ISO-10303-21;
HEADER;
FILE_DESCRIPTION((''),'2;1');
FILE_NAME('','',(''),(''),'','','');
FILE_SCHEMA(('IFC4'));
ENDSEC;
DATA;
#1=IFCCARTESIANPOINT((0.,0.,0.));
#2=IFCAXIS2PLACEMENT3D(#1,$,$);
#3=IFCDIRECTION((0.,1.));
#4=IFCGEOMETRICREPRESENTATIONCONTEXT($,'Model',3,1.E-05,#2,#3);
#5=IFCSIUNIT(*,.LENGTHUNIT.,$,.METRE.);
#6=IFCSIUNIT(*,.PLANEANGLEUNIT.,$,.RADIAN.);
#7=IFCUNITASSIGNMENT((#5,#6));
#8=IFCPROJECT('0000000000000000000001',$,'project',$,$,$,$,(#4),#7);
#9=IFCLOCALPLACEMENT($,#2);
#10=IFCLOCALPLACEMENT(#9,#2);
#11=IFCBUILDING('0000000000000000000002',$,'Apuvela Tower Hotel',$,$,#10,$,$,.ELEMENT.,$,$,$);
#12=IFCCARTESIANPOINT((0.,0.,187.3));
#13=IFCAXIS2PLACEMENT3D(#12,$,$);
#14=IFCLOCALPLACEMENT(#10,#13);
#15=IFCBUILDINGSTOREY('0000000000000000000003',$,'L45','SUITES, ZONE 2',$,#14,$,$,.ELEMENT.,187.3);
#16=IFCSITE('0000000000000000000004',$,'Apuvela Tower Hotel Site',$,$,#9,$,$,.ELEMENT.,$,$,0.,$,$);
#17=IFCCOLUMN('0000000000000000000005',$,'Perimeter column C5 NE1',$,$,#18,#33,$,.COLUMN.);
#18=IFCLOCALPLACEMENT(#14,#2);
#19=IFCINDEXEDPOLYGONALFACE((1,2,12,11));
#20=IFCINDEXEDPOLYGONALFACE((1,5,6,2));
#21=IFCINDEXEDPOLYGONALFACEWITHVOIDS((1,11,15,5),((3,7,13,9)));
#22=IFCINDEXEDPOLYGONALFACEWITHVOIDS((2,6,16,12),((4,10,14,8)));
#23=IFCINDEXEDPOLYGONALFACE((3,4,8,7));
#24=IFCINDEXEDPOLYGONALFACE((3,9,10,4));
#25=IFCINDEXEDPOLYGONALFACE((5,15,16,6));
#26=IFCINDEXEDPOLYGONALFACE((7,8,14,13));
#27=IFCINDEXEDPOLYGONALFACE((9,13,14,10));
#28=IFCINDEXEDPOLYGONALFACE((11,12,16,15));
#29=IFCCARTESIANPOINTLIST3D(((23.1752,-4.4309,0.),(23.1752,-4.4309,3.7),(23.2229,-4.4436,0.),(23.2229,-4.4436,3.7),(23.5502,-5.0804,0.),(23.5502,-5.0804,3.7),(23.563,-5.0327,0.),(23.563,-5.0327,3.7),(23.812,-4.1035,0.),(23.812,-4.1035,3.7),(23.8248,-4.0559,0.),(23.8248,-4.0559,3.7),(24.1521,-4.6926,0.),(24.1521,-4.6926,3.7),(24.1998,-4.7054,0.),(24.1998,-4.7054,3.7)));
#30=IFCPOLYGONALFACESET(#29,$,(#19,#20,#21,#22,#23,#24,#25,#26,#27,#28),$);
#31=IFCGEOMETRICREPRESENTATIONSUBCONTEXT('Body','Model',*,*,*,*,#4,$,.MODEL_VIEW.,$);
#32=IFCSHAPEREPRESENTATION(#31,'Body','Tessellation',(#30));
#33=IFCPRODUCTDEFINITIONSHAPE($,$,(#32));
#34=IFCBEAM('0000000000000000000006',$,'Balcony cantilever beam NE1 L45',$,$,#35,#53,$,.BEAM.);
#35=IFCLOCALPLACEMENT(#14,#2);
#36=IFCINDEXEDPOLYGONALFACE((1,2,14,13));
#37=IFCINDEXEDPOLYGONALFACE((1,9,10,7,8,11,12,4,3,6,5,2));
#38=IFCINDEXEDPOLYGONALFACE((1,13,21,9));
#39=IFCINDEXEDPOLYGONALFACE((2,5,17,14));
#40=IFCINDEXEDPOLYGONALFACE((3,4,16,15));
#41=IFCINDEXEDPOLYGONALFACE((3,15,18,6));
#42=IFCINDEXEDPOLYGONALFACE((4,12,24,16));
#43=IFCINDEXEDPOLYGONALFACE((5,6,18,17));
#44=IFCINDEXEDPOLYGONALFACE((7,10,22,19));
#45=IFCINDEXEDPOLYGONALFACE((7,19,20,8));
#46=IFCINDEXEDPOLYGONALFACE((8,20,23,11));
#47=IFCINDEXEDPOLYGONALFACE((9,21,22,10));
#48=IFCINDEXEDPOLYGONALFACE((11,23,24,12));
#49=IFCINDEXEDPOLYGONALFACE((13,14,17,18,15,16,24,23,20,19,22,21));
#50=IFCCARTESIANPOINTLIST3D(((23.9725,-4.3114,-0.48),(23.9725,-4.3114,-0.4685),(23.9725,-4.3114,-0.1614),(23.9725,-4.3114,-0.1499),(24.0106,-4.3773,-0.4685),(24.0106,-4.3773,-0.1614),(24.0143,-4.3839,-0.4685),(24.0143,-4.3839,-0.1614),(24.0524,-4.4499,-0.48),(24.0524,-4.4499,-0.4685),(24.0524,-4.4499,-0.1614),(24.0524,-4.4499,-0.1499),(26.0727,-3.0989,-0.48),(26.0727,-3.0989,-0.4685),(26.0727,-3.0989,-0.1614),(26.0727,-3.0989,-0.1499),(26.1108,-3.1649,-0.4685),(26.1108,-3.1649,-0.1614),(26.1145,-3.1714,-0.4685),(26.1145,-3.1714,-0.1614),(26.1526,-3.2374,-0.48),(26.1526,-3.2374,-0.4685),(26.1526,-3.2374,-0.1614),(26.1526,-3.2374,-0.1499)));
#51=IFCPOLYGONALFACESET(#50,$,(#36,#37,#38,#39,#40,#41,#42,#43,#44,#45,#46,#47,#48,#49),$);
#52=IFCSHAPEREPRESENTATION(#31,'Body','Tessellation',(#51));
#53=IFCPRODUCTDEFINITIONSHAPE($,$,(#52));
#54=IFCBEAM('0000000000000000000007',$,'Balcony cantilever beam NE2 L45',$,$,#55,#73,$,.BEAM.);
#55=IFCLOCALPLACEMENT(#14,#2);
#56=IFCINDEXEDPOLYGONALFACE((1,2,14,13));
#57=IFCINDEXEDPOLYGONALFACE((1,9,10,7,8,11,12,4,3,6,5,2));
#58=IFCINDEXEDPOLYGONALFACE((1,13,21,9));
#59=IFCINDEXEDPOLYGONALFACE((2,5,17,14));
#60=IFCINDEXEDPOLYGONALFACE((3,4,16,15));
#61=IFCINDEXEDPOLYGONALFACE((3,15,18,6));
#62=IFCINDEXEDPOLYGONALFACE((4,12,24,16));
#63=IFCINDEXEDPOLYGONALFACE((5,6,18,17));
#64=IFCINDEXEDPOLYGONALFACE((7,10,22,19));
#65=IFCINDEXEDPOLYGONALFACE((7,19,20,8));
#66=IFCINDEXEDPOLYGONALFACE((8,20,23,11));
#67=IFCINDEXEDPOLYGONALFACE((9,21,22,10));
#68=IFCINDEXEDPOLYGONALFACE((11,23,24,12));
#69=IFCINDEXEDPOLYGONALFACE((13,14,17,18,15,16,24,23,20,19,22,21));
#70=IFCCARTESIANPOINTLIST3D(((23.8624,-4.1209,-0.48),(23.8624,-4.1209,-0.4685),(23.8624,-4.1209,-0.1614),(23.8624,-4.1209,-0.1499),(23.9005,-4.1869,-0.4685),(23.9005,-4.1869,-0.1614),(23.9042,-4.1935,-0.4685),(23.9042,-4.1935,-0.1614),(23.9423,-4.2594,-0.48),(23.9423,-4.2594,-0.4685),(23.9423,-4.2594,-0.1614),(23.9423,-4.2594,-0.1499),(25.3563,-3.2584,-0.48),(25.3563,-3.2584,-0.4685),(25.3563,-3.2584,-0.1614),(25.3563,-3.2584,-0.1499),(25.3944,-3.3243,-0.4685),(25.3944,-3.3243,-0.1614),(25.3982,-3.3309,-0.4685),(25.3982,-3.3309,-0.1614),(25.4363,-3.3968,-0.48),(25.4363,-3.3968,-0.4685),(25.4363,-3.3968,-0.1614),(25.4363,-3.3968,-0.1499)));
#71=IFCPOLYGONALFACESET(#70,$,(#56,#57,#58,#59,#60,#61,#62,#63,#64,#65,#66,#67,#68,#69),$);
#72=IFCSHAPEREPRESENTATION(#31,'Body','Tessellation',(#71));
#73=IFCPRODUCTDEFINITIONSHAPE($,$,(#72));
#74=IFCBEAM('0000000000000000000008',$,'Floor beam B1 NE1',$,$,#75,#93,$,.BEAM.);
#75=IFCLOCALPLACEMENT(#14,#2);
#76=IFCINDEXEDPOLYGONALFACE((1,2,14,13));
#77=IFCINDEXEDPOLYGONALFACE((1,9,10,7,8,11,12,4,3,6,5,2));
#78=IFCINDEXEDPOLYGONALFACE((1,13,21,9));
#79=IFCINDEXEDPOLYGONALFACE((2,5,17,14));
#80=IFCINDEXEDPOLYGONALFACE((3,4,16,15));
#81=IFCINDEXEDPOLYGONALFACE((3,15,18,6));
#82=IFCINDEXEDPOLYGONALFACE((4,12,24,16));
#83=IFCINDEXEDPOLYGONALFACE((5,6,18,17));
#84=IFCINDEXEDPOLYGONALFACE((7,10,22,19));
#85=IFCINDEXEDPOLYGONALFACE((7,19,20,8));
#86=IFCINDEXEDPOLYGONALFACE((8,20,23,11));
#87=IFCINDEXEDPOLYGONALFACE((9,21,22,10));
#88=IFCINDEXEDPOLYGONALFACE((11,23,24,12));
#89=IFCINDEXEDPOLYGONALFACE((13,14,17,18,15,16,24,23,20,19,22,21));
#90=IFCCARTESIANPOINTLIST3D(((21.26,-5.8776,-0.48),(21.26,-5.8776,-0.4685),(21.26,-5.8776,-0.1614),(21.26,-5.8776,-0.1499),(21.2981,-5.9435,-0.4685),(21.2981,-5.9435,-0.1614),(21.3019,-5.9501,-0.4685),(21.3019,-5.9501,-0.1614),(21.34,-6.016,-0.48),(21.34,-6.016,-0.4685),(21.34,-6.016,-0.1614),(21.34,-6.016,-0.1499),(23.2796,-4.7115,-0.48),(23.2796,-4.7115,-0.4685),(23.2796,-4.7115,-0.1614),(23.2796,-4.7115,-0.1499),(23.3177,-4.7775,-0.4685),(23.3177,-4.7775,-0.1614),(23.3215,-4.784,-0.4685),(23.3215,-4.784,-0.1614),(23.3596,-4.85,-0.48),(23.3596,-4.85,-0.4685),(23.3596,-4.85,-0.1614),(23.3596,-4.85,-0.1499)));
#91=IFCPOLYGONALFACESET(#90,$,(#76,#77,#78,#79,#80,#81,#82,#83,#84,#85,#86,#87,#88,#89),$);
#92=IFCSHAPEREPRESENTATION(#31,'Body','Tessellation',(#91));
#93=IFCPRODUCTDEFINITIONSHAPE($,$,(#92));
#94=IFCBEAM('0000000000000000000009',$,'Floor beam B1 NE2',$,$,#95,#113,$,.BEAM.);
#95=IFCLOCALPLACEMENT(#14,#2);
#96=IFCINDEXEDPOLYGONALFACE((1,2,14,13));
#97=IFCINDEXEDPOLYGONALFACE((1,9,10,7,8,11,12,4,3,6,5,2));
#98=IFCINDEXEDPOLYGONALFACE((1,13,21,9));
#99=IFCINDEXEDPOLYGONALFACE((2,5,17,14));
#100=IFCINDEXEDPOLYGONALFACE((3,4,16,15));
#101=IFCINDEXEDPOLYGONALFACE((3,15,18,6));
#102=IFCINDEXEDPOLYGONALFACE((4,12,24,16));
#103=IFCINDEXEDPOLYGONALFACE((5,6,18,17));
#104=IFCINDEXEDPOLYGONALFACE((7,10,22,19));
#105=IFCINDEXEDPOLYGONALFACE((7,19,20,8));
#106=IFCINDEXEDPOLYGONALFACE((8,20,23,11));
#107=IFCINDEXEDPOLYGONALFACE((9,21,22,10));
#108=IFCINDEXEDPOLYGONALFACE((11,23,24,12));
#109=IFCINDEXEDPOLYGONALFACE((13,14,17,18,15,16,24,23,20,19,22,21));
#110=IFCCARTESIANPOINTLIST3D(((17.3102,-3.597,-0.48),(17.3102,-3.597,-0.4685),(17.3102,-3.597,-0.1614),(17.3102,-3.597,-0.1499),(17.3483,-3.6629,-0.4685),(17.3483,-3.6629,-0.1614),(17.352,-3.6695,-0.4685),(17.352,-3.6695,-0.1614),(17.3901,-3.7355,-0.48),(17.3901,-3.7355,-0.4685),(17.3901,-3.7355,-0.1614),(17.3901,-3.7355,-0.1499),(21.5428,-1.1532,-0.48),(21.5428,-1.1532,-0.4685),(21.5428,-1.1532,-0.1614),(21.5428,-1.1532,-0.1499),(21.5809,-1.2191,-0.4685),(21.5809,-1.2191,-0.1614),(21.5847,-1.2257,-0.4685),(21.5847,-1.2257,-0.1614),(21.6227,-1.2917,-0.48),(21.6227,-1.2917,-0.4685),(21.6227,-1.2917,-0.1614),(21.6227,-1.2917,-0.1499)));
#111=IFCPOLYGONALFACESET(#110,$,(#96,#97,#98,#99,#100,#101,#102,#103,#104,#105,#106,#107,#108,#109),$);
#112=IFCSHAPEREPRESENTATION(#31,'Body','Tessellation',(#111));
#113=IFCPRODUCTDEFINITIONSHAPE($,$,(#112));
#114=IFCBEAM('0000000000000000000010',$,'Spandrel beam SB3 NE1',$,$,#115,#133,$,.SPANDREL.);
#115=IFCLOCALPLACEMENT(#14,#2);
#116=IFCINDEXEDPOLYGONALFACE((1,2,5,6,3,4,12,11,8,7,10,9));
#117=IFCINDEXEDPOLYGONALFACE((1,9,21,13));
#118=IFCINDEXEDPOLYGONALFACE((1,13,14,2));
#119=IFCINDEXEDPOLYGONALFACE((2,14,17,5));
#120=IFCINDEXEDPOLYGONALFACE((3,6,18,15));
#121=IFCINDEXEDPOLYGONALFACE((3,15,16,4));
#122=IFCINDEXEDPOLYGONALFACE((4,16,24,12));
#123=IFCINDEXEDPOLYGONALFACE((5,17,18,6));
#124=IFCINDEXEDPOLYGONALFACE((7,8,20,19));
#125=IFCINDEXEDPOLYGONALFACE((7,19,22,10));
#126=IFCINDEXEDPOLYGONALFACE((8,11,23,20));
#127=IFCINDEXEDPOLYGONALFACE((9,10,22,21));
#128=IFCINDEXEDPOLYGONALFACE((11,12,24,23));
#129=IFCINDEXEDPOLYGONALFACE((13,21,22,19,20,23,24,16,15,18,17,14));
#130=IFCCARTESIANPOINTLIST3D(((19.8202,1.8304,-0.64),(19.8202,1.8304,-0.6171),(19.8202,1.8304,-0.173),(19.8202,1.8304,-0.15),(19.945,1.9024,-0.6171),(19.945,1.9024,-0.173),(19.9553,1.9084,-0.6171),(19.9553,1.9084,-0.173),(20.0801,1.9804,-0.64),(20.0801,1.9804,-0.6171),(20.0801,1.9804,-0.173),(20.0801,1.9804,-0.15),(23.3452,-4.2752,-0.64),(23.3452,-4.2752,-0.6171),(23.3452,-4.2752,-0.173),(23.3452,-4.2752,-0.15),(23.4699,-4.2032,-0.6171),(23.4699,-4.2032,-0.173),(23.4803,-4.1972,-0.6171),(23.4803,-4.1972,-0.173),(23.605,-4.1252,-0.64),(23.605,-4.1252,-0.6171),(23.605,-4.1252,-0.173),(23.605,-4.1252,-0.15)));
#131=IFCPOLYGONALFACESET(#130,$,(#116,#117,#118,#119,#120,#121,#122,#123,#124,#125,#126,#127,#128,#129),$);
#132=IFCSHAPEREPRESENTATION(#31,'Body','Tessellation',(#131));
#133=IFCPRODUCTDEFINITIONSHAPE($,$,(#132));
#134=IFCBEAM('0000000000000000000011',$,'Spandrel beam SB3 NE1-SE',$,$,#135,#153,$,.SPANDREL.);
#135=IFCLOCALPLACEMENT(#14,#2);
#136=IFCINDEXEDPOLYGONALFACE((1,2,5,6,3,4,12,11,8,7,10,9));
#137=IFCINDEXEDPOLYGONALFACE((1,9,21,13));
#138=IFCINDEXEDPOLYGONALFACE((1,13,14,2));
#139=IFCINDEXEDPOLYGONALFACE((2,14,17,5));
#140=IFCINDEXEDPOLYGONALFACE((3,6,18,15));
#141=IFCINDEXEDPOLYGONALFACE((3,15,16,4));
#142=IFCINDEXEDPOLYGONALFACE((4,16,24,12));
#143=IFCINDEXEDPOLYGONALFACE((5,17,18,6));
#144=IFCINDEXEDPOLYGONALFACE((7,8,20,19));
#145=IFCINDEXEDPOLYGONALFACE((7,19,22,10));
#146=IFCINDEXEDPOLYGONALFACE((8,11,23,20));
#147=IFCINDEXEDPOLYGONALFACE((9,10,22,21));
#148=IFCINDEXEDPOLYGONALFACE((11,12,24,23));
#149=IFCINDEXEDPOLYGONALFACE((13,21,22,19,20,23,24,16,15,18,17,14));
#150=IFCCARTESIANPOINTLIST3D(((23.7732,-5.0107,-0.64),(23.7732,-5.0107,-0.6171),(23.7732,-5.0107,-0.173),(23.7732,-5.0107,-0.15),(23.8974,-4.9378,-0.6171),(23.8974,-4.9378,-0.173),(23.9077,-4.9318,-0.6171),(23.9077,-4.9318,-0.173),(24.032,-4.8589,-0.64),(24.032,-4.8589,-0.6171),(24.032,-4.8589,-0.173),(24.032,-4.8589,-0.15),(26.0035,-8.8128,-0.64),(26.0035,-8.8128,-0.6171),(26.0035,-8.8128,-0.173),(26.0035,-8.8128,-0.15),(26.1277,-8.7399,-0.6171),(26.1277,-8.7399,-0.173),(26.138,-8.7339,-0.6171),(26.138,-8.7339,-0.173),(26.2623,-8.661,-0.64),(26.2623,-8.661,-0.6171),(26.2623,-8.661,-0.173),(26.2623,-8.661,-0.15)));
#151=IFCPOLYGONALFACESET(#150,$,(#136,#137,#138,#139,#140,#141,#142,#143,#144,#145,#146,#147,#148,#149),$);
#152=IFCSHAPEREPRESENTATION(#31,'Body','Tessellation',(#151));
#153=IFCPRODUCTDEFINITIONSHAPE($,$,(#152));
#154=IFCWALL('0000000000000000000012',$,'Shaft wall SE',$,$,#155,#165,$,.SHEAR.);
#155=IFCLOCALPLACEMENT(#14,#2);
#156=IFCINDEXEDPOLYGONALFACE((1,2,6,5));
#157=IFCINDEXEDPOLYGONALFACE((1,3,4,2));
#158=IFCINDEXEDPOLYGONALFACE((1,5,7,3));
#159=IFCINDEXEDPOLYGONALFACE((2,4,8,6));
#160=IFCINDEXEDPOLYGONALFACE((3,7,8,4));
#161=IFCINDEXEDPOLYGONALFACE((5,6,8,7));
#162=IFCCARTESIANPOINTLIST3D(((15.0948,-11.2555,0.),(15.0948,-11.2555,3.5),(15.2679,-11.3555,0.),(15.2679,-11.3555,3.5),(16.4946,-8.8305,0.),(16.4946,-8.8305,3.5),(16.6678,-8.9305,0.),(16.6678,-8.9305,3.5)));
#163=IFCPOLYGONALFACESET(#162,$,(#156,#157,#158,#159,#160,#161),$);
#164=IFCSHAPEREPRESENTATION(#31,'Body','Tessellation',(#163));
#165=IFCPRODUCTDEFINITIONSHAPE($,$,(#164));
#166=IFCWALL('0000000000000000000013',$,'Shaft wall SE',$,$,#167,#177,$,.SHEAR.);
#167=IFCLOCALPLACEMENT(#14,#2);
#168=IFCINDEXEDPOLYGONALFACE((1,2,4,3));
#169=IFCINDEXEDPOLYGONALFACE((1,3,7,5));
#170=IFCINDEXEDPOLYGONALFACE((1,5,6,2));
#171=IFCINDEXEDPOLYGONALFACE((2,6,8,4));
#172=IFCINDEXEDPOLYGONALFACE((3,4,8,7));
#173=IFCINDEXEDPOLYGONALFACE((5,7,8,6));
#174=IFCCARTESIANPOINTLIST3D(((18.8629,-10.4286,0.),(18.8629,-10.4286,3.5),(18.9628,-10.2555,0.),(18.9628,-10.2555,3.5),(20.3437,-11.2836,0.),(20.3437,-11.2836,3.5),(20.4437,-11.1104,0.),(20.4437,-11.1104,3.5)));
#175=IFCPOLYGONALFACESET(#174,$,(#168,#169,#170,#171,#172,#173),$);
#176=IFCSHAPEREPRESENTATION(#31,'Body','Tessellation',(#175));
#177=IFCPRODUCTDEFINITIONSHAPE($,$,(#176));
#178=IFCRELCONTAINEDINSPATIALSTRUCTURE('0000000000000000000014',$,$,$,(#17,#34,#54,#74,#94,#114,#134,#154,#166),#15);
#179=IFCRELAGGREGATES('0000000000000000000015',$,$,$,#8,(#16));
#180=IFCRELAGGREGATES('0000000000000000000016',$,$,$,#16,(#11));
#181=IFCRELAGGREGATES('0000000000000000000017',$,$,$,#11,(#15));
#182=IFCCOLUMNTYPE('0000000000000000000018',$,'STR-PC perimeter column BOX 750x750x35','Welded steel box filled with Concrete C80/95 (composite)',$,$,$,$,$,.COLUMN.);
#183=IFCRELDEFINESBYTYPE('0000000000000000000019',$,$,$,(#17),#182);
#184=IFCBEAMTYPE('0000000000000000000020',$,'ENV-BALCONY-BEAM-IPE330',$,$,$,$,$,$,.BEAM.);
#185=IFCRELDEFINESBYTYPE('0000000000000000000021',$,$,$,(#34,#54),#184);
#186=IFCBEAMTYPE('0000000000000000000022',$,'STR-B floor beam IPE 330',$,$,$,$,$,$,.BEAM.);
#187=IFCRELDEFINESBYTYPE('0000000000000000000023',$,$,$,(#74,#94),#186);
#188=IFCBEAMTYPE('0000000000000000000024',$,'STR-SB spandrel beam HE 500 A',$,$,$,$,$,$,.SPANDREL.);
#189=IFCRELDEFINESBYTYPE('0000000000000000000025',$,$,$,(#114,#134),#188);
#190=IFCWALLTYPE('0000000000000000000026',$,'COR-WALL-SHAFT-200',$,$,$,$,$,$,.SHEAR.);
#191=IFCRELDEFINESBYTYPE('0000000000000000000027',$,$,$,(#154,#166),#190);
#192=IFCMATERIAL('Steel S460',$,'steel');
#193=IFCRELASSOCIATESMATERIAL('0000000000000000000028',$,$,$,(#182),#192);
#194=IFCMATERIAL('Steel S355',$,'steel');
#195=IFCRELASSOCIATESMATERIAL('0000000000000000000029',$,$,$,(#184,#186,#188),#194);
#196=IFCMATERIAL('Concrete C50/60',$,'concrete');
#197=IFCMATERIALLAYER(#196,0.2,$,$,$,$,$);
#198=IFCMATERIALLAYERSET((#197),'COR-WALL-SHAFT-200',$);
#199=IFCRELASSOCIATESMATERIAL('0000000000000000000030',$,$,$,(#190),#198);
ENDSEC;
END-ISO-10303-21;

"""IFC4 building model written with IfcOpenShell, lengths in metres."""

from ifc_helpers import new_model, si_unit, direction, frame, frame_2d, origin, origin_2d, place, context, subcontext, project, spatial, rectangle, hollow_rectangle, i_section, extrude, material, layer, layer_set, material_profile, profile_set, type_object, element, save


model = new_model("IFC4")

# Units and contexts
model_context = context("Model", 3, precision=1e-05, world=origin(), true_north=direction((0.0, 1.0)))
body_context = subcontext(model_context, "Body", "Model", "MODEL_VIEW")
ifc_project = project(units=[si_unit("LENGTHUNIT", "METRE"), si_unit("PLANEANGLEUNIT", "RADIAN")], contexts=[model_context])

# Site, building, storey
site_placement = place(None, origin())
site = spatial("IfcSite", under=ifc_project, at=site_placement, Name="Apuvela Tower Hotel Site", CompositionType="ELEMENT", RefElevation=0.0)
building_placement = place(site_placement, origin())
building = spatial("IfcBuilding", under=site, at=building_placement, Name="Apuvela Tower Hotel", CompositionType="ELEMENT")
storey_placement = place(building_placement, frame((0.0, 0.0, 187.3)))
storey = spatial("IfcBuildingStorey", under=building, at=storey_placement, Name="L45", Description="SUITES, ZONE 2", CompositionType="ELEMENT", Elevation=187.3)

# Column
ifc_material_1 = material(Name="Steel S460", Category="steel")
ifc_material_profile_1 = material_profile(ifc_material_1, hollow_rectangle(XDim=0.75, YDim=0.75, WallThickness=0.0349, at=origin_2d()), Name="BOX 750x750x35")
ifc_material_2 = material(Name="Concrete C80/95", Category="concrete")
ifc_material_profile_2 = material_profile(ifc_material_2, rectangle(XDim=0.6799, YDim=0.6799, at=origin_2d()), Name="Concrete C80/95 infill")
ifc_profile_set_1 = profile_set([ifc_material_profile_1, ifc_material_profile_2], Name="Steel S460")
column_type = type_object("IfcColumnType", Name="STR-PC perimeter column BOX 750x750x35", Description="Welded steel box filled with Concrete C80/95 (composite)", PredefinedType="COLUMN", material=ifc_profile_set_1)
column_placement = place(storey_placement, frame((23.6875, -4.5681, 0.0), z_axis=(0.0, 0.0, 1.0), x_axis=(-0.5, 0.866025, 0.0)))
element("IfcColumn", 1, at=column_placement, inside=storey, type_object=column_type, Name="Perimeter column C5 NE1", PredefinedType="COLUMN", context=body_context, shape_type="SweptSolid", body=[
    extrude(hollow_rectangle(XDim=0.75, YDim=0.75, WallThickness=0.0349, at=origin_2d()), origin(), (0.0, 0.0, 1.0), 3.7),
])

# Beams
ifc_material_3 = material(Name="Steel S355", Category="steel")
ifc_material_profile_3 = material_profile(ifc_material_3, i_section(OverallWidth=0.1599, OverallDepth=0.3301, WebThickness=0.0076, FlangeThickness=0.0115, at=origin_2d()), Name="IPE 330")
ifc_profile_set_2 = profile_set([ifc_material_profile_3], Name="Steel S355")
beam_type_1 = type_object("IfcBeamType", Name="ENV-BALCONY-BEAM-IPE330", PredefinedType="BEAM", material=ifc_profile_set_2)
beam_1_placement = place(storey_placement, frame((24.0125, -4.3806, -0.3149), z_axis=(0.866041, 0.499972, 0.0), x_axis=(-0.499972, 0.866041, 0.0)))
element("IfcBeam", 2, at=beam_1_placement, inside=storey, type_object=beam_type_1, Name="Balcony cantilever beam NE1 L45", PredefinedType="BEAM", context=body_context, shape_type="SweptSolid", body=[
    extrude(i_section(OverallWidth=0.1599, OverallDepth=0.3301, WebThickness=0.0076, FlangeThickness=0.0115, at=origin_2d()), origin(), (0.0, 0.0, 1.0), 2.425),
])
beam_2_placement = place(storey_placement, frame((23.9023, -4.1902, -0.3149), z_axis=(0.866014, 0.500021, 0.0), x_axis=(-0.500021, 0.866014, 0.0)))
element("IfcBeam", 3, at=beam_2_placement, inside=storey, type_object=beam_type_1, Name="Balcony cantilever beam NE2 L45", PredefinedType="BEAM", context=body_context, shape_type="SweptSolid", body=[
    extrude(i_section(OverallWidth=0.1599, OverallDepth=0.3301, WebThickness=0.0076, FlangeThickness=0.0115, at=origin_2d()), origin(), (0.0, 0.0, 1.0), 1.7251),
])
ifc_material_profile_4 = material_profile(ifc_material_3, i_section(OverallWidth=0.1599, OverallDepth=0.3301, WebThickness=0.0076, FlangeThickness=0.0115, at=origin_2d()), Name="IPE 330")
ifc_profile_set_3 = profile_set([ifc_material_profile_4], Name="Steel S355")
beam_type_2 = type_object("IfcBeamType", Name="STR-B floor beam IPE 330", PredefinedType="BEAM", material=ifc_profile_set_3)
beam_3_placement = place(storey_placement, frame((23.3196, -4.7808, -0.3149), z_axis=(-0.866018, -0.500012, 0.0), x_axis=(0.500012, -0.866018, 0.0)))
element("IfcBeam", 4, at=beam_3_placement, inside=storey, type_object=beam_type_2, Name="Floor beam B1 NE1", PredefinedType="BEAM", context=body_context, shape_type="SweptSolid", body=[
    extrude(i_section(OverallWidth=0.1599, OverallDepth=0.3301, WebThickness=0.0076, FlangeThickness=0.0115, at=origin_2d()), origin(), (0.0, 0.0, 1.0), 2.332),
])
beam_4_placement = place(storey_placement, frame((21.5828, -1.2224, -0.3149), z_axis=(-0.866015, -0.500018, 0.0), x_axis=(0.500018, -0.866015, 0.0)))
element("IfcBeam", 5, at=beam_4_placement, inside=storey, type_object=beam_type_2, Name="Floor beam B1 NE2", PredefinedType="BEAM", context=body_context, shape_type="SweptSolid", body=[
    extrude(i_section(OverallWidth=0.1599, OverallDepth=0.3301, WebThickness=0.0076, FlangeThickness=0.0115, at=origin_2d()), origin(), (0.0, 0.0, 1.0), 4.8875),
])
ifc_material_profile_5 = material_profile(ifc_material_3, i_section(OverallWidth=0.3, OverallDepth=0.49, WebThickness=0.012, FlangeThickness=0.0229, at=origin_2d()), Name="HE 500 A")
ifc_profile_set_4 = profile_set([ifc_material_profile_5], Name="Steel S355")
beam_type_3 = type_object("IfcBeamType", Name="STR-SB spandrel beam HE 500 A", PredefinedType="SPANDREL", material=ifc_profile_set_4)
beam_5_placement = place(storey_placement, frame((23.4751, -4.2002, -0.395), z_axis=(-0.49999, 0.866031, 0.0), x_axis=(-0.866031, -0.49999, 0.0)))
element("IfcBeam", 6, at=beam_5_placement, inside=storey, type_object=beam_type_3, Name="Spandrel beam SB3 NE1", PredefinedType="SPANDREL", context=body_context, shape_type="SweptSolid", body=[
    extrude(i_section(OverallWidth=0.3, OverallDepth=0.49, WebThickness=0.012, FlangeThickness=0.0229, at=origin_2d()), origin(), (0.0, 0.0, 1.0), 7.05),
])
beam_6_placement = place(storey_placement, frame((23.9026, -4.9348, -0.395), z_axis=(0.505967, -0.862553, 0.0), x_axis=(0.862553, 0.505967, 0.0)))
element("IfcBeam", 7, at=beam_6_placement, inside=storey, type_object=beam_type_3, Name="Spandrel beam SB3 NE1-SE", PredefinedType="SPANDREL", context=body_context, shape_type="SweptSolid", body=[
    extrude(i_section(OverallWidth=0.3, OverallDepth=0.49, WebThickness=0.012, FlangeThickness=0.0229, at=origin_2d()), origin(), (0.0, 0.0, 1.0), 4.408),
])

# Walls
ifc_material_4 = material(Name="Concrete C50/60", Category="concrete")
ifc_layer_1 = layer(ifc_material_4, 0.2)
ifc_layer_set_1 = layer_set([ifc_layer_1], Name="COR-WALL-SHAFT-200")
wall_type_1 = type_object("IfcWallType", Name="COR-WALL-SHAFT-200", PredefinedType="SHEAR", material=ifc_layer_set_1)
wall_1_placement = place(storey_placement, frame((15.1814, -11.3054, 0.0), z_axis=(0.0, 0.0, 1.0), x_axis=(0.499946, 0.866056, 0.0)))
element("IfcWall", 8, at=wall_1_placement, inside=storey, type_object=wall_type_1, Name="Shaft wall SE", PredefinedType="SHEAR", context=body_context, shape_type="SweptSolid", body=[
    extrude(rectangle(XDim=2.8, YDim=0.2, at=frame_2d((1.3999, 0.0))), origin(), (0.0, 0.0, 1.0), 3.5),
])
wall_2_placement = place(storey_placement, frame((18.9128, -10.342, 0.0), z_axis=(0.0, 0.0, 1.0), x_axis=(0.866038, -0.499978, 0.0)))
element("IfcWall", 9, at=wall_2_placement, inside=storey, type_object=wall_type_1, Name="Shaft wall SE", PredefinedType="SHEAR", context=body_context, shape_type="SweptSolid", body=[
    extrude(rectangle(XDim=1.71, YDim=0.2, at=frame_2d((0.855, 0.0))), origin(), (0.0, 0.0, 1.0), 3.5),
])

save(model, "model.ifc")
